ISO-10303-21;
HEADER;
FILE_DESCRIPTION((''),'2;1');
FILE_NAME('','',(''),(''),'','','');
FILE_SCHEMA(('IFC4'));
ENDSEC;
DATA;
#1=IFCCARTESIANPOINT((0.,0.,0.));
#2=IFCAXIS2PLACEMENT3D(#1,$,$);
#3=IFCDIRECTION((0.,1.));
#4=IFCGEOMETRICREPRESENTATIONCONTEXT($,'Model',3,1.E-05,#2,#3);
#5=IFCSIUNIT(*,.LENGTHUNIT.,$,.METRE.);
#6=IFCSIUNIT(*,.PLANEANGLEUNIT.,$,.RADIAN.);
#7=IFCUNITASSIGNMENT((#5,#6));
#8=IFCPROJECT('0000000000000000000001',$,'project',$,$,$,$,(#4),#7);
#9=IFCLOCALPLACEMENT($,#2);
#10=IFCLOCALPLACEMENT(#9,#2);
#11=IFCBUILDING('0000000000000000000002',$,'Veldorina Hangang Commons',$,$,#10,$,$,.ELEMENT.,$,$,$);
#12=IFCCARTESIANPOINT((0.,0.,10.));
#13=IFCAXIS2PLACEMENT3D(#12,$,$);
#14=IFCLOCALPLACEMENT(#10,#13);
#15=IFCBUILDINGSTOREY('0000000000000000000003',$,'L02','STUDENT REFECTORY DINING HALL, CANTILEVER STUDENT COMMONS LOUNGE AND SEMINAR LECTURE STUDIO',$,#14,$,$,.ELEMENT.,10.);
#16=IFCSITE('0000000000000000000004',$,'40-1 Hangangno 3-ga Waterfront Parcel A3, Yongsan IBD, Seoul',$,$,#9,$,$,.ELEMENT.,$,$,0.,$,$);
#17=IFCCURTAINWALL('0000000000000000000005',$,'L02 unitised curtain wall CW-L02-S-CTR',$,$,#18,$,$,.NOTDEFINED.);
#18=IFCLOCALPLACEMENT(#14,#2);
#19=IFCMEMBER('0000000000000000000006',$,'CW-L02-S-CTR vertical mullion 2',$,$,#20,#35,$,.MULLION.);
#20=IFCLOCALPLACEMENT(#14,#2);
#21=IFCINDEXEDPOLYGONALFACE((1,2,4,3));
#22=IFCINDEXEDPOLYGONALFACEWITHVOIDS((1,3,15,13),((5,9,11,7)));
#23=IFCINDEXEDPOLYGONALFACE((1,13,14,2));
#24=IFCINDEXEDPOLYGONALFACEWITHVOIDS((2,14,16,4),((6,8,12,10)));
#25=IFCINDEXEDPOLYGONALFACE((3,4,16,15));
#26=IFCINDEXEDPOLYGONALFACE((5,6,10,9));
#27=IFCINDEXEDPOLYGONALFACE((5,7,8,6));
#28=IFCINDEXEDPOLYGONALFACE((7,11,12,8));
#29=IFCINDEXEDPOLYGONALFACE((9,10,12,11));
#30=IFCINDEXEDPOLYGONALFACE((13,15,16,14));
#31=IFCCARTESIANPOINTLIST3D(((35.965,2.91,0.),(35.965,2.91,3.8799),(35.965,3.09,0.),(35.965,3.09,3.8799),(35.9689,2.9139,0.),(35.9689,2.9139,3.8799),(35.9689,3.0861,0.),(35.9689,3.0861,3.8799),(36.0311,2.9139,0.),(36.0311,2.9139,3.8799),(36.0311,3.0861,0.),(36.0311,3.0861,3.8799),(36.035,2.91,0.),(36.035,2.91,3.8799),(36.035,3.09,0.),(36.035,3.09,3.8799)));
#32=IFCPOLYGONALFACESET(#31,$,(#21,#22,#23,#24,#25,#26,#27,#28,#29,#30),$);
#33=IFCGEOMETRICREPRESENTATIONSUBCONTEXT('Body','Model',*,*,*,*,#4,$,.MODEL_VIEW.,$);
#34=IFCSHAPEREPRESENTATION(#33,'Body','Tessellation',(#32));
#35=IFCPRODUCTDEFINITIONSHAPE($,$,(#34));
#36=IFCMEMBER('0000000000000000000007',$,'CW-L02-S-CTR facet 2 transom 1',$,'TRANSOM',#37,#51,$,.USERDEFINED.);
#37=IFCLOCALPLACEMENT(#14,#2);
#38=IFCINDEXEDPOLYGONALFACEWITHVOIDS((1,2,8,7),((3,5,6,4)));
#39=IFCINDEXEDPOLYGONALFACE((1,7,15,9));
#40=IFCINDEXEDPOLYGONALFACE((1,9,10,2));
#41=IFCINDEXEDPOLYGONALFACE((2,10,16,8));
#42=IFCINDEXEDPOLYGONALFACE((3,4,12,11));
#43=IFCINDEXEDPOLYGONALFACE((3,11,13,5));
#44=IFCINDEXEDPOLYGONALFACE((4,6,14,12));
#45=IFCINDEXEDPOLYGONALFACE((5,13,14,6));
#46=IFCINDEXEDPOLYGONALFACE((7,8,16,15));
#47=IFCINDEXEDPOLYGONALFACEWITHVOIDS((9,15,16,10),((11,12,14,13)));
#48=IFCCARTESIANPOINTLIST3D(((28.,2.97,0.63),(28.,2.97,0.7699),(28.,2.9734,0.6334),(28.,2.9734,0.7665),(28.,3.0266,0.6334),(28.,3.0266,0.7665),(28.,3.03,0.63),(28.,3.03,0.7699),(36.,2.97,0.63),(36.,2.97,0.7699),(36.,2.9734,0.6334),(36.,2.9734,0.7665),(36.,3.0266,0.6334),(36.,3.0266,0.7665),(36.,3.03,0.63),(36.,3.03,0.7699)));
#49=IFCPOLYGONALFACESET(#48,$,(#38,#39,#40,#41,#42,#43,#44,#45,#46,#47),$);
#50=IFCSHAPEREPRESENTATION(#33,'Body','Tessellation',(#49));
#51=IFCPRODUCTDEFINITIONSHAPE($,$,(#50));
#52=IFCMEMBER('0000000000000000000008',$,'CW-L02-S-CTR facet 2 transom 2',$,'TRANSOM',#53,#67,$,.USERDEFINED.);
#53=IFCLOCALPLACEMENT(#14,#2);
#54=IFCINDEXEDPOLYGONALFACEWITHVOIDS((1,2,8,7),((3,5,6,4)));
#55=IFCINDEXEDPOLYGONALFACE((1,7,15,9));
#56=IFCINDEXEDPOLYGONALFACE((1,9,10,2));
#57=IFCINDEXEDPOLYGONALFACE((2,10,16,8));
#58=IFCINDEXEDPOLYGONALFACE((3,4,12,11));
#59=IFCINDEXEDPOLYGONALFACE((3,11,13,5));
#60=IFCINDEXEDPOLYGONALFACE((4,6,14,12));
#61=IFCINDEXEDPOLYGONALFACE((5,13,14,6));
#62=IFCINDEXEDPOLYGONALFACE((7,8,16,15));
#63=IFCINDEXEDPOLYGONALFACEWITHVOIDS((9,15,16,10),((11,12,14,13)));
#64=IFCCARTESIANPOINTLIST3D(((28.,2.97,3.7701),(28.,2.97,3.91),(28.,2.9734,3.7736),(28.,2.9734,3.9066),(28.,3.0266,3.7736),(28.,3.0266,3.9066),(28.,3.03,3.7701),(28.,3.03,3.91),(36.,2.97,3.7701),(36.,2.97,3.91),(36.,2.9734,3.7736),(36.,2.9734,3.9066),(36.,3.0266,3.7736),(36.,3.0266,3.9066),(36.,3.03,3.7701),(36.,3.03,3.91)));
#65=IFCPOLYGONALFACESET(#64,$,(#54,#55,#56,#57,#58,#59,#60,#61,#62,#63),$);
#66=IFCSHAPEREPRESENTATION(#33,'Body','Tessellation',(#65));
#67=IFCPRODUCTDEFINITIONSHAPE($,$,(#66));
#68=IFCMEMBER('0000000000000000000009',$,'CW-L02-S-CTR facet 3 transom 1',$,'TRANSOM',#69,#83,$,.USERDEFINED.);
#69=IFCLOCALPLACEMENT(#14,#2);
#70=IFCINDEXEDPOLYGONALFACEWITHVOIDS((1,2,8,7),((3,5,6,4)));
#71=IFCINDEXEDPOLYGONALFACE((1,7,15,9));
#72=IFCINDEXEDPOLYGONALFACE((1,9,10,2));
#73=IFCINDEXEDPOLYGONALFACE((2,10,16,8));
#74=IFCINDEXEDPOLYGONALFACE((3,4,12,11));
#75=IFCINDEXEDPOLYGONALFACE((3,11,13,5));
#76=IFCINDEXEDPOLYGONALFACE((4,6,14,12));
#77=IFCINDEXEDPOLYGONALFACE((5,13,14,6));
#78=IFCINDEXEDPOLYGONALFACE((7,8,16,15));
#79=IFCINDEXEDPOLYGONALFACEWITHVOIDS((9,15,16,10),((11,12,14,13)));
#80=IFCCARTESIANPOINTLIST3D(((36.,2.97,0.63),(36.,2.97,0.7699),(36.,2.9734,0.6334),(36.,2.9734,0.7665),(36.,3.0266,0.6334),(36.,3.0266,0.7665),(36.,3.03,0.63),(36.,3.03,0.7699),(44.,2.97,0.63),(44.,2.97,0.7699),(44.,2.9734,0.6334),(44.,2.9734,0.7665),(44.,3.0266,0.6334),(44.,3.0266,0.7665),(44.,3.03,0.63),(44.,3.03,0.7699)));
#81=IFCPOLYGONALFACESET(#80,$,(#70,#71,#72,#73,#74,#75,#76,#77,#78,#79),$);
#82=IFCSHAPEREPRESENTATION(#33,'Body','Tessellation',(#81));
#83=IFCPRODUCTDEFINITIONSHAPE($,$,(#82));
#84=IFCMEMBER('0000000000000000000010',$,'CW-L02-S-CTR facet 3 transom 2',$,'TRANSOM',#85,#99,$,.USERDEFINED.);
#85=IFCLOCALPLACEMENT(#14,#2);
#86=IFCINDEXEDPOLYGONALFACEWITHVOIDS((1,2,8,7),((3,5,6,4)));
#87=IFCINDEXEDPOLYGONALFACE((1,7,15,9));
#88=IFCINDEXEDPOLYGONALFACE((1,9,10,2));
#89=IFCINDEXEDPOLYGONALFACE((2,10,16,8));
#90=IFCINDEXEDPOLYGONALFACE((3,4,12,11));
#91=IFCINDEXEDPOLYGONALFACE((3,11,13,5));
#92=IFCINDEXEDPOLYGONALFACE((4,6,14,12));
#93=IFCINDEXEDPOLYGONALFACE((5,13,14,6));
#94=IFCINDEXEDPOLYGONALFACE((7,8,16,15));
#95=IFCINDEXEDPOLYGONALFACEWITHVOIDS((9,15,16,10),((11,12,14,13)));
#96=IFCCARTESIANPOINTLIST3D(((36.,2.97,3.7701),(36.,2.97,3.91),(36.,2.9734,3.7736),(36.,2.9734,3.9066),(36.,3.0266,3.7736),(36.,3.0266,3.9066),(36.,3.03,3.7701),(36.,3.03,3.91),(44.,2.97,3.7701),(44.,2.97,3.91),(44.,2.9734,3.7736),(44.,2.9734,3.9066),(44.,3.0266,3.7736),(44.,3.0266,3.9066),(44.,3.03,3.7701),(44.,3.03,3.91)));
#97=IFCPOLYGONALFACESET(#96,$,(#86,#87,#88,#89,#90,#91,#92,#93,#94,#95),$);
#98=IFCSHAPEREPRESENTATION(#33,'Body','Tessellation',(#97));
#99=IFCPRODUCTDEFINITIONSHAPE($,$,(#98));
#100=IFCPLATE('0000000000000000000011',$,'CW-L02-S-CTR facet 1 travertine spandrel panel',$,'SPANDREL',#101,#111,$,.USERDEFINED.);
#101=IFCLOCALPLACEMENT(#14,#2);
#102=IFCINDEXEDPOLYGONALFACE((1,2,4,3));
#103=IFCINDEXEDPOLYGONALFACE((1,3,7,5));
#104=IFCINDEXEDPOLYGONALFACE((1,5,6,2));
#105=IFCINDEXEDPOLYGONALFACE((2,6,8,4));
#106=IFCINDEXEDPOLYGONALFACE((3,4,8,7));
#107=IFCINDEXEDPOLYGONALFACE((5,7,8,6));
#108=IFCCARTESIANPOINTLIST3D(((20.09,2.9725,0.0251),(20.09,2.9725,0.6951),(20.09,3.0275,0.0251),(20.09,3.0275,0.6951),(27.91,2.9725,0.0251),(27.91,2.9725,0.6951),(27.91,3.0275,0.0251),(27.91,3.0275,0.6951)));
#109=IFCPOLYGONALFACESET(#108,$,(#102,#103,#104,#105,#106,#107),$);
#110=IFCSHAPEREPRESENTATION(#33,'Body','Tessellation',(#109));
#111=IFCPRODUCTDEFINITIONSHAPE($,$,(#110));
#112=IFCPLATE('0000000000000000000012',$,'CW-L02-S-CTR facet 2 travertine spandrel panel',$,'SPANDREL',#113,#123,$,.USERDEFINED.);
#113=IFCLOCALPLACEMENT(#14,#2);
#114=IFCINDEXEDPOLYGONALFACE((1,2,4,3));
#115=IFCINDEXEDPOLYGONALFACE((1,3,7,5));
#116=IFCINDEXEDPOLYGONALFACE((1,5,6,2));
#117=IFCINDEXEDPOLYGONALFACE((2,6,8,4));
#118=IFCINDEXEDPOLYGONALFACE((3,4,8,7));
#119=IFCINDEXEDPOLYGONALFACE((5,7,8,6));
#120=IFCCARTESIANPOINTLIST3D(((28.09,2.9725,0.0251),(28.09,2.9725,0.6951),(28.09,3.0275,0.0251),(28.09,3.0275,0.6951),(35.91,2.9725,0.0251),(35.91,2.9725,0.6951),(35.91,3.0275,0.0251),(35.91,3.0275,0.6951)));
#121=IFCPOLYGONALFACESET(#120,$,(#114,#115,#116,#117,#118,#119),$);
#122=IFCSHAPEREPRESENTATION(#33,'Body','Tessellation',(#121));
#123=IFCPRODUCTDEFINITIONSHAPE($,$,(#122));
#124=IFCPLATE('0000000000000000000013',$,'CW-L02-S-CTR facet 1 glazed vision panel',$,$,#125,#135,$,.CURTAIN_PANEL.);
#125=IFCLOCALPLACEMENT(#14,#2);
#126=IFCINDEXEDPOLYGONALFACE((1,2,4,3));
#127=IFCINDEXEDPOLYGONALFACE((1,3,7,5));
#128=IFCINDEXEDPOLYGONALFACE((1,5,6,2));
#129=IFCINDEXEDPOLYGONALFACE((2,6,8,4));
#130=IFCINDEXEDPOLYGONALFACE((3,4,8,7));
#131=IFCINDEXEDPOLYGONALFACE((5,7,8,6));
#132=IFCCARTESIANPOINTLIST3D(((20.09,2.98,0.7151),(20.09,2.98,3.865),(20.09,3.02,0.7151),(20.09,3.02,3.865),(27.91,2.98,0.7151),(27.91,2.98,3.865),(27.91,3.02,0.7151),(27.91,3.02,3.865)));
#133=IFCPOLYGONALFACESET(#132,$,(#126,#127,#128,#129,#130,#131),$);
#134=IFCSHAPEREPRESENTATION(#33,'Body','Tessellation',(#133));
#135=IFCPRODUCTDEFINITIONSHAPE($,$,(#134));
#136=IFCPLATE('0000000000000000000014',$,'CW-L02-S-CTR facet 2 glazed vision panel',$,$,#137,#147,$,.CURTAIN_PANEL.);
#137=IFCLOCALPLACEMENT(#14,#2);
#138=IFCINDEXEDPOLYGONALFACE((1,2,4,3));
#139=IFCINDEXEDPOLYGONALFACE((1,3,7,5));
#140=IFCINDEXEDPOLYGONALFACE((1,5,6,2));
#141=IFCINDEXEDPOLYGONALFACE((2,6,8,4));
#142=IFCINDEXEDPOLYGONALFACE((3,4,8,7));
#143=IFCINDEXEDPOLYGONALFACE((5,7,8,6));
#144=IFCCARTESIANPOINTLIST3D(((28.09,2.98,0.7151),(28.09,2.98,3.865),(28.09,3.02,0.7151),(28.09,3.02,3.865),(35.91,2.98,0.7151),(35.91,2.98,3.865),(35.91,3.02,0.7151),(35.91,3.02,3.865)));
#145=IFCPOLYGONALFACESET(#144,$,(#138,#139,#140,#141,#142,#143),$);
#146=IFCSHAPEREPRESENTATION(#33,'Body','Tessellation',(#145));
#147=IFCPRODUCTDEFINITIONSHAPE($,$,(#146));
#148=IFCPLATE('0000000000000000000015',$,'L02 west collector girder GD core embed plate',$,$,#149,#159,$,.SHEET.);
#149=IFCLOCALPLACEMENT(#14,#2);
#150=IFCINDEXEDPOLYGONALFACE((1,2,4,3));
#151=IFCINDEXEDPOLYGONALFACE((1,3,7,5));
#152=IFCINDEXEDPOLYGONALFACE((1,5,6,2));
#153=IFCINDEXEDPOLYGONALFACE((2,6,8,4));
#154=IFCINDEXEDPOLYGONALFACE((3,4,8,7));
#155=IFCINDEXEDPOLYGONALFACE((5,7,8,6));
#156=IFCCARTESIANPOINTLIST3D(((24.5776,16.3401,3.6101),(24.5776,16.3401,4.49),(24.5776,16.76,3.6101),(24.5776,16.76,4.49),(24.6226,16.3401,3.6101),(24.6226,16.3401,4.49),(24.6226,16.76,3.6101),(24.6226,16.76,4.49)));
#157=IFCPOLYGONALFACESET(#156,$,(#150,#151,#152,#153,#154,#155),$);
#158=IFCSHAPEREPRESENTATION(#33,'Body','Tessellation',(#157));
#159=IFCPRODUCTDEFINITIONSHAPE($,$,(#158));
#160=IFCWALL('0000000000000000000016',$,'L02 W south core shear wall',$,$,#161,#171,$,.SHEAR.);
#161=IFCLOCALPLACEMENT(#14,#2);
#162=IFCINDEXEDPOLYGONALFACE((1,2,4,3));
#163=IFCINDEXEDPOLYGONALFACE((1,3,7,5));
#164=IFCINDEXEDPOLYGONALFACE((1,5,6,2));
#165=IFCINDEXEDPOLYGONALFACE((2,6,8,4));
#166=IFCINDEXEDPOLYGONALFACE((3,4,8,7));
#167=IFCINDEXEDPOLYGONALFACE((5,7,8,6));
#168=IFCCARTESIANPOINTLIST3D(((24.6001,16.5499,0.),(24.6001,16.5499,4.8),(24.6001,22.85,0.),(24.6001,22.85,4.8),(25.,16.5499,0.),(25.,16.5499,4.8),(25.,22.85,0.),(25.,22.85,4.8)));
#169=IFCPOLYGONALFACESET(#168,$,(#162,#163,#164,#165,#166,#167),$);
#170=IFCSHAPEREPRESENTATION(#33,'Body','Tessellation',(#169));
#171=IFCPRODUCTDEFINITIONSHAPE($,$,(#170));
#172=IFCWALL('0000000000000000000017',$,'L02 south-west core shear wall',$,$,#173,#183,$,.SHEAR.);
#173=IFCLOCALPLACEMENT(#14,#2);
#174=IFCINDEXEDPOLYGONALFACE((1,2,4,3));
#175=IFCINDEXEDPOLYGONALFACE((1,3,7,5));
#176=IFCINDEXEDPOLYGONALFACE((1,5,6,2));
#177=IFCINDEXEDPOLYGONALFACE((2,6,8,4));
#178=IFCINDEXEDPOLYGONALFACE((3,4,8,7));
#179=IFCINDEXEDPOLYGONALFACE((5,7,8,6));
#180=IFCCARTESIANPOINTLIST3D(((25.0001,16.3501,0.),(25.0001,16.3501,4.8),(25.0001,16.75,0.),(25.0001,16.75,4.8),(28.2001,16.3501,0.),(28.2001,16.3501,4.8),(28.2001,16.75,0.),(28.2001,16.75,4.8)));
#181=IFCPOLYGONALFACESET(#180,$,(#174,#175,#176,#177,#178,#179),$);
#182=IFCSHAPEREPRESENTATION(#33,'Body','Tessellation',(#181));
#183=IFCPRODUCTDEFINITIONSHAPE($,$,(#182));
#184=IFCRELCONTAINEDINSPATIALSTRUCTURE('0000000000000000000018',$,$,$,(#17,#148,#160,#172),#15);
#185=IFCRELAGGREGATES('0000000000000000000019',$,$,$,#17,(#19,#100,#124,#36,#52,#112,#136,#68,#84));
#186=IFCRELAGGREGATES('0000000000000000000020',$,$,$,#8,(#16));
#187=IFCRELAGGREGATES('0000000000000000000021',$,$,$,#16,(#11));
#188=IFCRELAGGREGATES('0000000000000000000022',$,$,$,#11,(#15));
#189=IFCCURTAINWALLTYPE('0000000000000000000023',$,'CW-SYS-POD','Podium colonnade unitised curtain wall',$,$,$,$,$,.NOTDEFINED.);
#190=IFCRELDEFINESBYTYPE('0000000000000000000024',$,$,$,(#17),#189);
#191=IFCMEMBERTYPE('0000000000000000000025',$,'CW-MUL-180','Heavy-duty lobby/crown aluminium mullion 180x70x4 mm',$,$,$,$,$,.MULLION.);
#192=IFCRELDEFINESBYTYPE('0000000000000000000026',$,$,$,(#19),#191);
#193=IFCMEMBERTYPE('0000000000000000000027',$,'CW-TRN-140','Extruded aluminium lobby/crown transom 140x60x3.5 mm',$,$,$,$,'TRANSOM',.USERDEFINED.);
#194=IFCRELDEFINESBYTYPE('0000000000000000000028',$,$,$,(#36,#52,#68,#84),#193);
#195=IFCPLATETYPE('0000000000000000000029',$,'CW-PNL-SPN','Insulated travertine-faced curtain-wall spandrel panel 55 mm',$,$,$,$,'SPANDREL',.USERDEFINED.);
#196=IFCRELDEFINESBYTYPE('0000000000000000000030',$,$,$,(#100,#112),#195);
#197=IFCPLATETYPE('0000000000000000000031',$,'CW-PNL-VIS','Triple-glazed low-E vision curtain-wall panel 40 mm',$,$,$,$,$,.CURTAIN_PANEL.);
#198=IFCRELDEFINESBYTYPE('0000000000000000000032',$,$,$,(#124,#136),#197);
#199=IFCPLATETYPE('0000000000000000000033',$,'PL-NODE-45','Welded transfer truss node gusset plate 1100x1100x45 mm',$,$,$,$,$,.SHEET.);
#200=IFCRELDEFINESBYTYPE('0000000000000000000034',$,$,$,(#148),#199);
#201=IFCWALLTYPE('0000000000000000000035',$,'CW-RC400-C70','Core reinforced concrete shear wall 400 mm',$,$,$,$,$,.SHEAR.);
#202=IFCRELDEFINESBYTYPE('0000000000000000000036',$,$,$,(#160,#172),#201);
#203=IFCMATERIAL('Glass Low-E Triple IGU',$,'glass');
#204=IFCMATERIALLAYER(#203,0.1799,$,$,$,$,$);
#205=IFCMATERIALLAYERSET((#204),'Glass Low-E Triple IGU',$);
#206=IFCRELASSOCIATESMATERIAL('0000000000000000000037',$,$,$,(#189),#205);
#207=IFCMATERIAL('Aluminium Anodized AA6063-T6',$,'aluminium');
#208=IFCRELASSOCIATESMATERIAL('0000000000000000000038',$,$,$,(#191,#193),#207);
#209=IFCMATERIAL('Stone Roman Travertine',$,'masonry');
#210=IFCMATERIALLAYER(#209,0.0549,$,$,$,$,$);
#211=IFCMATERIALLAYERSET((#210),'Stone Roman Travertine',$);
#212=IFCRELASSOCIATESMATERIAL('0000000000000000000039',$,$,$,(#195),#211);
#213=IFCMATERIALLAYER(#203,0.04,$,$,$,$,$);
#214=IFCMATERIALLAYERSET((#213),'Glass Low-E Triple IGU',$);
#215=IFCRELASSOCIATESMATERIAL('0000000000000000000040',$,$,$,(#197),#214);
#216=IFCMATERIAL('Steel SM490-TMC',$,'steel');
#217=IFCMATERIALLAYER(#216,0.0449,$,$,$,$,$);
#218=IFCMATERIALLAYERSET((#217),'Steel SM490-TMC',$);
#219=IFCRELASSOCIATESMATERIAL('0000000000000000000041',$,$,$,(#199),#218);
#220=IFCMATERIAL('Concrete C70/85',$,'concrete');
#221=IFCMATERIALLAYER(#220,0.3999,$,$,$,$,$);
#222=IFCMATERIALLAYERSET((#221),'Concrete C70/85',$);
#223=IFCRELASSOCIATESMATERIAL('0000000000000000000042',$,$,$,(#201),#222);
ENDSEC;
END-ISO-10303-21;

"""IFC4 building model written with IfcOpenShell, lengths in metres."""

from ifc_helpers import new_model, si_unit, direction, frame, frame_2d, origin, origin_2d, place, context, subcontext, project, spatial, rectangle, hollow_rectangle, extrude, material, layer, layer_set, material_profile, profile_set, type_object, element, aggregate, save


model = new_model("IFC4")

# Units and contexts
model_context = context("Model", 3, precision=1e-05, world=origin(), true_north=direction((0.0, 1.0)))
body_context = subcontext(model_context, "Body", "Model", "MODEL_VIEW")
ifc_project = project(units=[si_unit("LENGTHUNIT", "METRE"), si_unit("PLANEANGLEUNIT", "RADIAN")], contexts=[model_context])

# Site, building, storey
site_placement = place(None, origin())
site = spatial("IfcSite", under=ifc_project, at=site_placement, Name="40-1 Hangangno 3-ga Waterfront Parcel A3, Yongsan IBD, Seoul", CompositionType="ELEMENT", RefElevation=0.0)
building_placement = place(site_placement, origin())
building = spatial("IfcBuilding", under=site, at=building_placement, Name="Veldorina Hangang Commons", CompositionType="ELEMENT")
storey_placement = place(building_placement, frame((0.0, 0.0, 10.0)))
storey = spatial("IfcBuildingStorey", under=building, at=storey_placement, Name="L02", Description="STUDENT REFECTORY DINING HALL, CANTILEVER STUDENT COMMONS LOUNGE AND SEMINAR LECTURE STUDIO", CompositionType="ELEMENT", Elevation=10.0)

# Shared definitions
ifc_material_1 = material(Name="Steel SM490-TMC", Category="steel")

# Curtain wall, members, plates
ifc_material_2 = material(Name="Glass Low-E Triple IGU", Category="glass")
ifc_layer_1 = layer(ifc_material_2, 0.1799)
ifc_layer_set_1 = layer_set([ifc_layer_1], Name="Glass Low-E Triple IGU")
curtain_wall_type = type_object("IfcCurtainWallType", Name="CW-SYS-POD", Description="Podium colonnade unitised curtain wall", PredefinedType="NOTDEFINED", material=ifc_layer_set_1)
curtain_wall_placement = place(storey_placement, origin())
curtain_wall = element("IfcCurtainWall", 1, at=curtain_wall_placement, inside=storey, type_object=curtain_wall_type, Name="L02 unitised curtain wall CW-L02-S-CTR", PredefinedType="NOTDEFINED")
ifc_material_3 = material(Name="Aluminium Anodized AA6063-T6", Category="aluminium")
ifc_material_profile_1 = material_profile(ifc_material_3, hollow_rectangle(XDim=0.0701, YDim=0.1799, WallThickness=0.0039, at=origin_2d()), Name="ALU-RHS-180x70x4")
ifc_profile_set_1 = profile_set([ifc_material_profile_1], Name="Aluminium Anodized AA6063-T6")
member_type_1 = type_object("IfcMemberType", Name="CW-MUL-180", Description="Heavy-duty lobby/crown aluminium mullion 180x70x4 mm", PredefinedType="MULLION", material=ifc_profile_set_1)
member_1_placement = place(storey_placement, frame((36.0, 3.0, 0.0), z_axis=(0.0, 0.0, 1.0), x_axis=(1.0, 0.0, 0.0)))
member_1 = element("IfcMember", 2, at=member_1_placement, type_object=member_type_1, Name="CW-L02-S-CTR vertical mullion 2", PredefinedType="MULLION", context=body_context, shape_type="SweptSolid", body=[
    extrude(hollow_rectangle(XDim=0.0701, YDim=0.1799, WallThickness=0.0039, at=origin_2d()), origin(), (0.0, 0.0, 1.0), 3.8799),
])
ifc_material_profile_2 = material_profile(ifc_material_3, hollow_rectangle(XDim=0.0601, YDim=0.1399, WallThickness=0.0034, at=origin_2d()), Name="ALU-RHS-140x60x3.5")
ifc_profile_set_2 = profile_set([ifc_material_profile_2], Name="Aluminium Anodized AA6063-T6")
member_type_2 = type_object("IfcMemberType", Name="CW-TRN-140", Description="Extruded aluminium lobby/crown transom 140x60x3.5 mm", ElementType="TRANSOM", PredefinedType="USERDEFINED", material=ifc_profile_set_2)
member_2_placement = place(storey_placement, frame((28.0, 3.0, 0.7), z_axis=(1.0, 0.0, 0.0), x_axis=(0.0, 1.0, 0.0)))
member_2 = element("IfcMember", 3, at=member_2_placement, type_object=member_type_2, Name="CW-L02-S-CTR facet 2 transom 1", ObjectType="TRANSOM", PredefinedType="USERDEFINED", context=body_context, shape_type="SweptSolid", body=[
    extrude(hollow_rectangle(XDim=0.0601, YDim=0.1399, WallThickness=0.0034, at=origin_2d()), origin(), (0.0, 0.0, 1.0), 8.0),
])
member_3_placement = place(storey_placement, frame((28.0, 3.0, 3.8401), z_axis=(1.0, 0.0, 0.0), x_axis=(0.0, 1.0, 0.0)))
member_3 = element("IfcMember", 4, at=member_3_placement, type_object=member_type_2, Name="CW-L02-S-CTR facet 2 transom 2", ObjectType="TRANSOM", PredefinedType="USERDEFINED", context=body_context, shape_type="SweptSolid", body=[
    extrude(hollow_rectangle(XDim=0.0601, YDim=0.1399, WallThickness=0.0034, at=origin_2d()), origin(), (0.0, 0.0, 1.0), 8.0),
])
member_4_placement = place(storey_placement, frame((36.0, 3.0, 0.7), z_axis=(1.0, 0.0, 0.0), x_axis=(0.0, 1.0, 0.0)))
member_4 = element("IfcMember", 5, at=member_4_placement, type_object=member_type_2, Name="CW-L02-S-CTR facet 3 transom 1", ObjectType="TRANSOM", PredefinedType="USERDEFINED", context=body_context, shape_type="SweptSolid", body=[
    extrude(hollow_rectangle(XDim=0.0601, YDim=0.1399, WallThickness=0.0034, at=origin_2d()), origin(), (0.0, 0.0, 1.0), 8.0),
])
member_5_placement = place(storey_placement, frame((36.0, 3.0, 3.8401), z_axis=(1.0, 0.0, 0.0), x_axis=(0.0, 1.0, 0.0)))
member_5 = element("IfcMember", 6, at=member_5_placement, type_object=member_type_2, Name="CW-L02-S-CTR facet 3 transom 2", ObjectType="TRANSOM", PredefinedType="USERDEFINED", context=body_context, shape_type="SweptSolid", body=[
    extrude(hollow_rectangle(XDim=0.0601, YDim=0.1399, WallThickness=0.0034, at=origin_2d()), origin(), (0.0, 0.0, 1.0), 8.0),
])
ifc_material_4 = material(Name="Stone Roman Travertine", Category="masonry")
ifc_layer_2 = layer(ifc_material_4, 0.0549)
ifc_layer_set_2 = layer_set([ifc_layer_2], Name="Stone Roman Travertine")
plate_type_1 = type_object("IfcPlateType", Name="CW-PNL-SPN", Description="Insulated travertine-faced curtain-wall spandrel panel 55 mm", ElementType="SPANDREL", PredefinedType="USERDEFINED", material=ifc_layer_set_2)
plate_1_placement = place(storey_placement, frame((24.0, 3.0, 0.0251), z_axis=(0.0, 0.0, 1.0), x_axis=(1.0, 0.0, 0.0)))
plate_1 = element("IfcPlate", 7, at=plate_1_placement, type_object=plate_type_1, Name="CW-L02-S-CTR facet 1 travertine spandrel panel", ObjectType="SPANDREL", PredefinedType="USERDEFINED", context=body_context, shape_type="SweptSolid", body=[
    extrude(rectangle(XDim=7.8201, YDim=0.0549, at=origin_2d()), origin(), (0.0, 0.0, 1.0), 0.6699),
])
plate_2_placement = place(storey_placement, frame((32.0, 3.0, 0.0251), z_axis=(0.0, 0.0, 1.0), x_axis=(1.0, 0.0, 0.0)))
plate_2 = element("IfcPlate", 8, at=plate_2_placement, type_object=plate_type_1, Name="CW-L02-S-CTR facet 2 travertine spandrel panel", ObjectType="SPANDREL", PredefinedType="USERDEFINED", context=body_context, shape_type="SweptSolid", body=[
    extrude(rectangle(XDim=7.8201, YDim=0.0549, at=origin_2d()), origin(), (0.0, 0.0, 1.0), 0.6699),
])
ifc_layer_3 = layer(ifc_material_2, 0.04)
ifc_layer_set_3 = layer_set([ifc_layer_3], Name="Glass Low-E Triple IGU")
plate_type_2 = type_object("IfcPlateType", Name="CW-PNL-VIS", Description="Triple-glazed low-E vision curtain-wall panel 40 mm", PredefinedType="CURTAIN_PANEL", material=ifc_layer_set_3)
plate_3_placement = place(storey_placement, frame((24.0, 3.0, 0.7151), z_axis=(0.0, 0.0, 1.0), x_axis=(1.0, 0.0, 0.0)))
plate_3 = element("IfcPlate", 9, at=plate_3_placement, type_object=plate_type_2, Name="CW-L02-S-CTR facet 1 glazed vision panel", PredefinedType="CURTAIN_PANEL", context=body_context, shape_type="SweptSolid", body=[
    extrude(rectangle(XDim=7.8201, YDim=0.04, at=origin_2d()), origin(), (0.0, 0.0, 1.0), 3.1499),
])
plate_4_placement = place(storey_placement, frame((32.0, 3.0, 0.7151), z_axis=(0.0, 0.0, 1.0), x_axis=(1.0, 0.0, 0.0)))
plate_4 = element("IfcPlate", 10, at=plate_4_placement, type_object=plate_type_2, Name="CW-L02-S-CTR facet 2 glazed vision panel", PredefinedType="CURTAIN_PANEL", context=body_context, shape_type="SweptSolid", body=[
    extrude(rectangle(XDim=7.8201, YDim=0.04, at=origin_2d()), origin(), (0.0, 0.0, 1.0), 3.1499),
])
aggregate(curtain_wall, [member_1, plate_1, plate_3, member_2, member_3, plate_2, plate_4, member_4, member_5])

# Plate
ifc_layer_4 = layer(ifc_material_1, 0.0449)
ifc_layer_set_4 = layer_set([ifc_layer_4], Name="Steel SM490-TMC")
plate_type_3 = type_object("IfcPlateType", Name="PL-NODE-45", Description="Welded transfer truss node gusset plate 1100x1100x45 mm", PredefinedType="SHEET", material=ifc_layer_set_4)
plate_5_placement = place(storey_placement, frame((24.6001, 16.55, 3.6101), z_axis=(0.0, 0.0, 1.0), x_axis=(1.0, 0.0, 0.0)))
element("IfcPlate", 11, at=plate_5_placement, inside=storey, type_object=plate_type_3, Name="L02 west collector girder GD core embed plate", PredefinedType="SHEET", context=body_context, shape_type="SweptSolid", body=[
    extrude(rectangle(XDim=0.0449, YDim=0.4199, at=origin_2d()), origin(), (0.0, 0.0, 1.0), 0.8799),
])

# Walls
ifc_material_5 = material(Name="Concrete C70/85", Category="concrete")
ifc_layer_5 = layer(ifc_material_5, 0.3999)
ifc_layer_set_5 = layer_set([ifc_layer_5], Name="Concrete C70/85")
wall_type_1 = type_object("IfcWallType", Name="CW-RC400-C70", Description="Core reinforced concrete shear wall 400 mm", PredefinedType="SHEAR", material=ifc_layer_set_5)
wall_1_placement = place(storey_placement, frame((24.8, 16.55, 0.0), z_axis=(0.0, 0.0, 1.0), x_axis=(0.0, 1.0, 0.0)))
element("IfcWall", 12, at=wall_1_placement, inside=storey, type_object=wall_type_1, Name="L02 W south core shear wall", PredefinedType="SHEAR", context=body_context, shape_type="SweptSolid", body=[
    extrude(rectangle(XDim=6.3, YDim=0.3999, at=frame_2d((3.1499, 0.0))), origin(), (0.0, 0.0, 1.0), 4.8),
])
wall_2_placement = place(storey_placement, frame((25.0, 16.55, 0.0), z_axis=(0.0, 0.0, 1.0), x_axis=(1.0, 0.0, 0.0)))
element("IfcWall", 13, at=wall_2_placement, inside=storey, type_object=wall_type_1, Name="L02 south-west core shear wall", PredefinedType="SHEAR", context=body_context, shape_type="SweptSolid", body=[
    extrude(rectangle(XDim=3.2, YDim=0.3999, at=frame_2d((1.6001, 0.0))), origin(), (0.0, 0.0, 1.0), 4.8),
])

save(model, "model.ifc")
